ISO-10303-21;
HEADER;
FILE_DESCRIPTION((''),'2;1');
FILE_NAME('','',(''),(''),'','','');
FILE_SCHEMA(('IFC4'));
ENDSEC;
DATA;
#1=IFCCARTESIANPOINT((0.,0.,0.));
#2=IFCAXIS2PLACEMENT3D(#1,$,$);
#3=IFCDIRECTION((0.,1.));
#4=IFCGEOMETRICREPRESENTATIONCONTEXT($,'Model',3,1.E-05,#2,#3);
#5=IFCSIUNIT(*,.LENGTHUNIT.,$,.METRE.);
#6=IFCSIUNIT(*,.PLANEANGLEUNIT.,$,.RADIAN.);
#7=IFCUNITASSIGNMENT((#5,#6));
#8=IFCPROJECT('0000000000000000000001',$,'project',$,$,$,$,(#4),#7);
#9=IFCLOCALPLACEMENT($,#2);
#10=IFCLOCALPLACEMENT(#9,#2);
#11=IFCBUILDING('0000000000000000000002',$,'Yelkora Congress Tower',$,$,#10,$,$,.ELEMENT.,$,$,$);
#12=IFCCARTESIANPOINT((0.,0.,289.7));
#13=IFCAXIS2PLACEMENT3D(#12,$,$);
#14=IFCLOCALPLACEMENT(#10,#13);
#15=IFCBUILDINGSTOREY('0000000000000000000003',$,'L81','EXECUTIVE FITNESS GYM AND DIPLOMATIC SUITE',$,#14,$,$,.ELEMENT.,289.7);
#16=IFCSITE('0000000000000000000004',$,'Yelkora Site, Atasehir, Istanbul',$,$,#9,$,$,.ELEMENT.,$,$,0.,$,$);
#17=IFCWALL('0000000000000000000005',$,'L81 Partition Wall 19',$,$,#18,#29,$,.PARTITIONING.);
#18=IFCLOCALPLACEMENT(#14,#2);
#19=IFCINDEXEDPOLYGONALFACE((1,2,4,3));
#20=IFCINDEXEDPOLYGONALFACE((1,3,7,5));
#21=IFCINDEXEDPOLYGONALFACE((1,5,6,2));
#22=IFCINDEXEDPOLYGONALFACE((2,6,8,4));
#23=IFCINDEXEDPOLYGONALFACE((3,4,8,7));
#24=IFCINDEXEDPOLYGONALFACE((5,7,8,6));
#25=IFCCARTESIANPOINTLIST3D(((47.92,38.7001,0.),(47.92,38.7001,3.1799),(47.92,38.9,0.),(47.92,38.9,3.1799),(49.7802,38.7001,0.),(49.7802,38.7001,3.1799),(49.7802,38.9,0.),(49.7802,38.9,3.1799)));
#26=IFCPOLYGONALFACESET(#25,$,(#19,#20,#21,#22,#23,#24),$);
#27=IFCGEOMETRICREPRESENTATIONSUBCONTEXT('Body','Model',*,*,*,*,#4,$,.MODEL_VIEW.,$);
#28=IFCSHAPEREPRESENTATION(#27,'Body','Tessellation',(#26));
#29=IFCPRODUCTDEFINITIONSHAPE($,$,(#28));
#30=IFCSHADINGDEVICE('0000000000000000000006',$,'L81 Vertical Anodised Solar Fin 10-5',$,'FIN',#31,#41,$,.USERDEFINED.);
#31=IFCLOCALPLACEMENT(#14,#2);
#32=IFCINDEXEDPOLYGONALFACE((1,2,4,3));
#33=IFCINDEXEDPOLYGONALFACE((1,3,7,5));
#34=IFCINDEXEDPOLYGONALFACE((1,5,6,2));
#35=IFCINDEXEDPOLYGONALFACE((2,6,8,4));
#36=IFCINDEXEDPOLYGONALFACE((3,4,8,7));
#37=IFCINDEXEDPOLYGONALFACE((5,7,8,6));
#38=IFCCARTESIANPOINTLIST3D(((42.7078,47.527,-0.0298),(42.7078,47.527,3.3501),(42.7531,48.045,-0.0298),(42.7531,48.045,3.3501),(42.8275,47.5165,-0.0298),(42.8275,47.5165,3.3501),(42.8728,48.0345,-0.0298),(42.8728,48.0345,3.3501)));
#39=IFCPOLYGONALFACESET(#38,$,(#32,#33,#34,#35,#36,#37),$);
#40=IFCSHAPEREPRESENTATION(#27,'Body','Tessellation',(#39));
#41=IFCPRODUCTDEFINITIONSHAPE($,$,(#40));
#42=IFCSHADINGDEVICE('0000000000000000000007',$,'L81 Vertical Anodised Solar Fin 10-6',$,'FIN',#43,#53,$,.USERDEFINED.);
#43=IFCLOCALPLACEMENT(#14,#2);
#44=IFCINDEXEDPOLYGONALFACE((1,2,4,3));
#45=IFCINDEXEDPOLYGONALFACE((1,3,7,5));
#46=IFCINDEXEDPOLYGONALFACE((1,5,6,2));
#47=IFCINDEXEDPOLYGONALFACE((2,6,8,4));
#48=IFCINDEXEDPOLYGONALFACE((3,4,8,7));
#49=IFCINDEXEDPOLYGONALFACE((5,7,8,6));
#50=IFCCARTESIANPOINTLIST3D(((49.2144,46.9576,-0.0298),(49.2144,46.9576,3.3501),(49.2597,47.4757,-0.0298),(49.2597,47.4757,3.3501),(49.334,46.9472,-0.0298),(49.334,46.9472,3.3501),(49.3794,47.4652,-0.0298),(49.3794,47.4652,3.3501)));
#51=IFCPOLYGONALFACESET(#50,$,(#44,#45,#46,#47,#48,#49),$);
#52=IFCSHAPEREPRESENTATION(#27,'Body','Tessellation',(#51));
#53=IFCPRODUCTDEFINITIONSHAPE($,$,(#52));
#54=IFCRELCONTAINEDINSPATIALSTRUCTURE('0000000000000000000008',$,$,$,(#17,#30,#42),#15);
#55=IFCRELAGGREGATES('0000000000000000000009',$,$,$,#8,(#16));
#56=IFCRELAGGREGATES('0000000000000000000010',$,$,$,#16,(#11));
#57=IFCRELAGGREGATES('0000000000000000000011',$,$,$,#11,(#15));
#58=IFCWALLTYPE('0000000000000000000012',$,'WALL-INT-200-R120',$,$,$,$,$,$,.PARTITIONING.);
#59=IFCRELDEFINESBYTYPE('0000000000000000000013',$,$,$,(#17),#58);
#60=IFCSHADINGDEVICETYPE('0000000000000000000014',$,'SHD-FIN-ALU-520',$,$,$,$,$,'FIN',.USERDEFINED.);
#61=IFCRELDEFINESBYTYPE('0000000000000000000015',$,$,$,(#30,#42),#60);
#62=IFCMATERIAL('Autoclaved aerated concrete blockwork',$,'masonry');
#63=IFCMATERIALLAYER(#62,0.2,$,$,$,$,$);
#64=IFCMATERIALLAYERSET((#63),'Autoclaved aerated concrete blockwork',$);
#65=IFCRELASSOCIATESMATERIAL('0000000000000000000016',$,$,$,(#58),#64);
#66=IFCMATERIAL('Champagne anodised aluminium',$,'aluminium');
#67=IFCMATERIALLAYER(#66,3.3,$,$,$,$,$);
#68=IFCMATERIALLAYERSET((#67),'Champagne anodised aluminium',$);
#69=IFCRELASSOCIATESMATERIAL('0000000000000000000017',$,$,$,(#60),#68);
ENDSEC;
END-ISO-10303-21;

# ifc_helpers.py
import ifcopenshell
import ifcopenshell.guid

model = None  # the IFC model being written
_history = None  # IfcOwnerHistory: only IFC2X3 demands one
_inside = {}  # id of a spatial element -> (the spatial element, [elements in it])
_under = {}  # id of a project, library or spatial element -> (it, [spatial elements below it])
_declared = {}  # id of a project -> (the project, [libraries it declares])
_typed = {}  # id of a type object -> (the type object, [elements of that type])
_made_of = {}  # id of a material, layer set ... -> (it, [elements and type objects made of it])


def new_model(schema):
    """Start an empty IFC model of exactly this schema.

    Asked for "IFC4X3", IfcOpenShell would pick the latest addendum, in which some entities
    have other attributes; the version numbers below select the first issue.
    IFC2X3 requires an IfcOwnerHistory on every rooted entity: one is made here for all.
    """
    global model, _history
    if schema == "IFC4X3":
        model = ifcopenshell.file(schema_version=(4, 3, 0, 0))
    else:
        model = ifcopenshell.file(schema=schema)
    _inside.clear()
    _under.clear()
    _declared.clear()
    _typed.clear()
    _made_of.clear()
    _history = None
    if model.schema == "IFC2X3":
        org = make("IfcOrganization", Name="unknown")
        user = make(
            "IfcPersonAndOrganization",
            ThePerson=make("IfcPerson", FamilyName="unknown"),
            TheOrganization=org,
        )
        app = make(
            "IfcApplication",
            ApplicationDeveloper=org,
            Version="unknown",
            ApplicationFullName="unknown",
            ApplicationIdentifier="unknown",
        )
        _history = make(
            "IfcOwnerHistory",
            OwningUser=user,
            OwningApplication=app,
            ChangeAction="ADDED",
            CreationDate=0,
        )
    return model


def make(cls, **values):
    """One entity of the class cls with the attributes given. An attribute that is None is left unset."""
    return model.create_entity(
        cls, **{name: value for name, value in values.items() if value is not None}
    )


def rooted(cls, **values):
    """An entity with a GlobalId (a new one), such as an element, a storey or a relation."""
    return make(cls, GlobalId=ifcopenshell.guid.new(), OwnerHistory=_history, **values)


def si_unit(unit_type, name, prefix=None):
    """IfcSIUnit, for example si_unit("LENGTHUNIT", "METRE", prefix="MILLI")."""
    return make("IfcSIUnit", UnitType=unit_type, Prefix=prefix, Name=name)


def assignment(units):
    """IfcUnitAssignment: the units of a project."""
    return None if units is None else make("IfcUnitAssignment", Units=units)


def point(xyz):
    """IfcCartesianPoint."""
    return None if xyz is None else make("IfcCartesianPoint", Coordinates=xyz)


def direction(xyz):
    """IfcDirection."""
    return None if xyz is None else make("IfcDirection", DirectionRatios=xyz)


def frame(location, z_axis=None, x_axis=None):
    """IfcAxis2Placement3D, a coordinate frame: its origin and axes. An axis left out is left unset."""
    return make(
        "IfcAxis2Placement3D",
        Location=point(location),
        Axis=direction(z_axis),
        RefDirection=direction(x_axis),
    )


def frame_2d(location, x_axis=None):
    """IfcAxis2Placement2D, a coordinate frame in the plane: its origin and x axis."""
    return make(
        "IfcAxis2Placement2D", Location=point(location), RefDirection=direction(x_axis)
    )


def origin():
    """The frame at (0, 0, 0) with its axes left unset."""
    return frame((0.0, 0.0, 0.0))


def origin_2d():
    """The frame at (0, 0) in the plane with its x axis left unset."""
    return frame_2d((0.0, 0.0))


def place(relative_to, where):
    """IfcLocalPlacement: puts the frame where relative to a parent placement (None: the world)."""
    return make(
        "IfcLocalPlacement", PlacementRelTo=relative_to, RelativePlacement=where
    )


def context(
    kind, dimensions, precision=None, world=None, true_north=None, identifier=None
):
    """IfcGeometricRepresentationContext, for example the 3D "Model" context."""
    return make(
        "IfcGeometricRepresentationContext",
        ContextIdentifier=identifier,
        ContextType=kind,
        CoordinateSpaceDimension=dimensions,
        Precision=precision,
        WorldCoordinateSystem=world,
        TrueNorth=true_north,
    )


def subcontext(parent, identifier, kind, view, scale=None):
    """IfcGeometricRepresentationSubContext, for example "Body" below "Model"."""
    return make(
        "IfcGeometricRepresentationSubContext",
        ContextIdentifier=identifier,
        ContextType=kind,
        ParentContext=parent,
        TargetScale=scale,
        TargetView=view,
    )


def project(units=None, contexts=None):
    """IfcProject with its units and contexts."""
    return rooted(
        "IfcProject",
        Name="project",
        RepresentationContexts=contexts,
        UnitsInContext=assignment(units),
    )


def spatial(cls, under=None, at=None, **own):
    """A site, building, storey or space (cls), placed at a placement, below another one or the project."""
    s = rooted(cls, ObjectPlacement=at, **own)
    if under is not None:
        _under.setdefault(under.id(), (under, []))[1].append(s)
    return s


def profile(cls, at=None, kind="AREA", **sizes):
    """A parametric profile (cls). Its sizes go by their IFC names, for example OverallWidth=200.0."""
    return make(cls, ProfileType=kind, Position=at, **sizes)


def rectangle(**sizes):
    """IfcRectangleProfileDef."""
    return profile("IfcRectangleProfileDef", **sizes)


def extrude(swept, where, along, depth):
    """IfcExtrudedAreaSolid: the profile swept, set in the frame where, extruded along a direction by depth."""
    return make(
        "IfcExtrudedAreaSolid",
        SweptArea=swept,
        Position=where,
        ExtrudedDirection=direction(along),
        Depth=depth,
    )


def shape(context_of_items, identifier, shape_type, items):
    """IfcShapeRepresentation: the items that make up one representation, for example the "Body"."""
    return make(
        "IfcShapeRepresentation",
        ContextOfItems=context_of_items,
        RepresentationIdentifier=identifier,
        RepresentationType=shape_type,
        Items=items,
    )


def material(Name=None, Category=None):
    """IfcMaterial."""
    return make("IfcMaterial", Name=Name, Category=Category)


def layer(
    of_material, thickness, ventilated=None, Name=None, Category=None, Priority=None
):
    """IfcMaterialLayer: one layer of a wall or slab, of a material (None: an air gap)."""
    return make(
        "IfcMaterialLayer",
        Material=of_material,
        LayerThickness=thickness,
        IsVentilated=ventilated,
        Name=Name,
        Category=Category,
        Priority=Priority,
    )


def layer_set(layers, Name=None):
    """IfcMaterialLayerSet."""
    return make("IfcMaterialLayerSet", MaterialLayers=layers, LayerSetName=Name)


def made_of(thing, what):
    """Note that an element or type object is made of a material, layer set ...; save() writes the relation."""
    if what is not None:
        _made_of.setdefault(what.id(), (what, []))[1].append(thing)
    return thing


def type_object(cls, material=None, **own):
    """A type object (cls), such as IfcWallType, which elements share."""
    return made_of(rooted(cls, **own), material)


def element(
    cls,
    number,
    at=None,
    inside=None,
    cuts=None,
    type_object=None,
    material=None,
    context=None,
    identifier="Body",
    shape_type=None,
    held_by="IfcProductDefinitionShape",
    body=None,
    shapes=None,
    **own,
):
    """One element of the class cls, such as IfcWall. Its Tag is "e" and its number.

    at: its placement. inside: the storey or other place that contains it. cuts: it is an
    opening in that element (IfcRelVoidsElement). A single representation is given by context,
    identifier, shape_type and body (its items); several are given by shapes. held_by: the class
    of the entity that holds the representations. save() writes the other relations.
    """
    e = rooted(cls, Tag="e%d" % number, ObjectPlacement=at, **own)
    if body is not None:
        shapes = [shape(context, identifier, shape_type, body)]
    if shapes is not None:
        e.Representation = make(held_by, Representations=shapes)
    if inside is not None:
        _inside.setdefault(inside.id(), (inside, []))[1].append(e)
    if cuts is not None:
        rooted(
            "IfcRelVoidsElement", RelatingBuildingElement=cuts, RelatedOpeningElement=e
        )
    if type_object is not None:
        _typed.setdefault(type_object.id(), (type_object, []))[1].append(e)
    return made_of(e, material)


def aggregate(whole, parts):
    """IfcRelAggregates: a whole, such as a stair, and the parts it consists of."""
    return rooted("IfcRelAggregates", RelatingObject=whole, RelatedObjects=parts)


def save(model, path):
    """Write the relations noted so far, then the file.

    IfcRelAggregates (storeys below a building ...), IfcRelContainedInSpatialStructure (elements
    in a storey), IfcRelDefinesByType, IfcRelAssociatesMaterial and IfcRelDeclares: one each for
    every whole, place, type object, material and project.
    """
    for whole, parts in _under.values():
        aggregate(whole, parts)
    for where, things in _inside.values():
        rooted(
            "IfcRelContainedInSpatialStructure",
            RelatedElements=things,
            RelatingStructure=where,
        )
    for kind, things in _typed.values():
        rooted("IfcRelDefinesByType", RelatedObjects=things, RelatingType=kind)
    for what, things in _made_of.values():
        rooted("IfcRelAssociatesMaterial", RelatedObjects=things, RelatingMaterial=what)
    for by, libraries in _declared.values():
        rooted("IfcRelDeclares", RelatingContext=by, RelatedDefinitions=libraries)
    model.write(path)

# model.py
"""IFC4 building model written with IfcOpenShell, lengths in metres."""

from ifc_helpers import new_model, si_unit, direction, frame, frame_2d, origin, origin_2d, place, context, subcontext, project, spatial, rectangle, extrude, material, layer, layer_set, type_object, element, save


model = new_model("IFC4")

# Units and contexts
model_context = context("Model", 3, precision=1e-05, world=origin(), true_north=direction((0.0, 1.0)))
body_context = subcontext(model_context, "Body", "Model", "MODEL_VIEW")
ifc_project = project(units=[si_unit("LENGTHUNIT", "METRE"), si_unit("PLANEANGLEUNIT", "RADIAN")], contexts=[model_context])

# Site, building, storey
site_placement = place(None, origin())
site = spatial("IfcSite", under=ifc_project, at=site_placement, Name="Yelkora Site, Atasehir, Istanbul", CompositionType="ELEMENT", RefElevation=0.0)
building_placement = place(site_placement, origin())
building = spatial("IfcBuilding", under=site, at=building_placement, Name="Yelkora Congress Tower", CompositionType="ELEMENT")
storey_placement = place(building_placement, frame((0.0, 0.0, 289.7)))
storey = spatial("IfcBuildingStorey", under=building, at=storey_placement, Name="L81", Description="EXECUTIVE FITNESS GYM AND DIPLOMATIC SUITE", CompositionType="ELEMENT", Elevation=289.7)

# Shared definitions
ifc_material_1 = material(Name="Autoclaved aerated concrete blockwork", Category="masonry")
ifc_layer_1 = layer(ifc_material_1, 0.2)
ifc_layer_set_1 = layer_set([ifc_layer_1], Name="Autoclaved aerated concrete blockwork")
wall_type_1 = type_object("IfcWallType", Name="WALL-INT-200-R120", PredefinedType="PARTITIONING", material=ifc_layer_set_1)

# Wall
wall_1_placement = place(storey_placement, frame((47.9199, 38.8, 0.0), z_axis=(0.0, 0.0, 1.0), x_axis=(1.0, 0.0, 0.0)))
element("IfcWall", 1, at=wall_1_placement, inside=storey, type_object=wall_type_1, Name="L81 Partition Wall 19", PredefinedType="PARTITIONING", context=body_context, shape_type="SweptSolid", body=[
    extrude(rectangle(XDim=1.8601, YDim=0.2, at=frame_2d((0.9302, 0.0))), origin(), (0.0, 0.0, 1.0), 3.1799),
])

# Shading devices
ifc_material_2 = material(Name="Champagne anodised aluminium", Category="aluminium")
ifc_layer_2 = layer(ifc_material_2, 3.3)
ifc_layer_set_2 = layer_set([ifc_layer_2], Name="Champagne anodised aluminium")
shading_device_type = type_object("IfcShadingDeviceType", Name="SHD-FIN-ALU-520", ElementType="FIN", PredefinedType="USERDEFINED", material=ifc_layer_set_2)
for number, where, z_axis, x_axis, name in (
    (2, (42.7903, 47.7808, -0.0298), (0.0, 0.0, 1.0), (0.996195, -0.087156, 0.0), "L81 Vertical Anodised Solar Fin 10-5"),
    (3, (49.2969, 47.2114, -0.0298), (0.0, 0.0, 1.0), (0.996195, -0.087156, 0.0), "L81 Vertical Anodised Solar Fin 10-6"),
):
    element("IfcShadingDevice", number, at=place(storey_placement, frame(where, z_axis=z_axis, x_axis=x_axis)), inside=storey, type_object=shading_device_type, Name=name, ObjectType="FIN", PredefinedType="USERDEFINED", context=body_context, shape_type="SweptSolid", body=[
        extrude(rectangle(XDim=0.1201, YDim=0.52, at=origin_2d()), origin(), (0.0, 0.0, 1.0), 3.3799),
    ])

save(model, "model.ifc")
